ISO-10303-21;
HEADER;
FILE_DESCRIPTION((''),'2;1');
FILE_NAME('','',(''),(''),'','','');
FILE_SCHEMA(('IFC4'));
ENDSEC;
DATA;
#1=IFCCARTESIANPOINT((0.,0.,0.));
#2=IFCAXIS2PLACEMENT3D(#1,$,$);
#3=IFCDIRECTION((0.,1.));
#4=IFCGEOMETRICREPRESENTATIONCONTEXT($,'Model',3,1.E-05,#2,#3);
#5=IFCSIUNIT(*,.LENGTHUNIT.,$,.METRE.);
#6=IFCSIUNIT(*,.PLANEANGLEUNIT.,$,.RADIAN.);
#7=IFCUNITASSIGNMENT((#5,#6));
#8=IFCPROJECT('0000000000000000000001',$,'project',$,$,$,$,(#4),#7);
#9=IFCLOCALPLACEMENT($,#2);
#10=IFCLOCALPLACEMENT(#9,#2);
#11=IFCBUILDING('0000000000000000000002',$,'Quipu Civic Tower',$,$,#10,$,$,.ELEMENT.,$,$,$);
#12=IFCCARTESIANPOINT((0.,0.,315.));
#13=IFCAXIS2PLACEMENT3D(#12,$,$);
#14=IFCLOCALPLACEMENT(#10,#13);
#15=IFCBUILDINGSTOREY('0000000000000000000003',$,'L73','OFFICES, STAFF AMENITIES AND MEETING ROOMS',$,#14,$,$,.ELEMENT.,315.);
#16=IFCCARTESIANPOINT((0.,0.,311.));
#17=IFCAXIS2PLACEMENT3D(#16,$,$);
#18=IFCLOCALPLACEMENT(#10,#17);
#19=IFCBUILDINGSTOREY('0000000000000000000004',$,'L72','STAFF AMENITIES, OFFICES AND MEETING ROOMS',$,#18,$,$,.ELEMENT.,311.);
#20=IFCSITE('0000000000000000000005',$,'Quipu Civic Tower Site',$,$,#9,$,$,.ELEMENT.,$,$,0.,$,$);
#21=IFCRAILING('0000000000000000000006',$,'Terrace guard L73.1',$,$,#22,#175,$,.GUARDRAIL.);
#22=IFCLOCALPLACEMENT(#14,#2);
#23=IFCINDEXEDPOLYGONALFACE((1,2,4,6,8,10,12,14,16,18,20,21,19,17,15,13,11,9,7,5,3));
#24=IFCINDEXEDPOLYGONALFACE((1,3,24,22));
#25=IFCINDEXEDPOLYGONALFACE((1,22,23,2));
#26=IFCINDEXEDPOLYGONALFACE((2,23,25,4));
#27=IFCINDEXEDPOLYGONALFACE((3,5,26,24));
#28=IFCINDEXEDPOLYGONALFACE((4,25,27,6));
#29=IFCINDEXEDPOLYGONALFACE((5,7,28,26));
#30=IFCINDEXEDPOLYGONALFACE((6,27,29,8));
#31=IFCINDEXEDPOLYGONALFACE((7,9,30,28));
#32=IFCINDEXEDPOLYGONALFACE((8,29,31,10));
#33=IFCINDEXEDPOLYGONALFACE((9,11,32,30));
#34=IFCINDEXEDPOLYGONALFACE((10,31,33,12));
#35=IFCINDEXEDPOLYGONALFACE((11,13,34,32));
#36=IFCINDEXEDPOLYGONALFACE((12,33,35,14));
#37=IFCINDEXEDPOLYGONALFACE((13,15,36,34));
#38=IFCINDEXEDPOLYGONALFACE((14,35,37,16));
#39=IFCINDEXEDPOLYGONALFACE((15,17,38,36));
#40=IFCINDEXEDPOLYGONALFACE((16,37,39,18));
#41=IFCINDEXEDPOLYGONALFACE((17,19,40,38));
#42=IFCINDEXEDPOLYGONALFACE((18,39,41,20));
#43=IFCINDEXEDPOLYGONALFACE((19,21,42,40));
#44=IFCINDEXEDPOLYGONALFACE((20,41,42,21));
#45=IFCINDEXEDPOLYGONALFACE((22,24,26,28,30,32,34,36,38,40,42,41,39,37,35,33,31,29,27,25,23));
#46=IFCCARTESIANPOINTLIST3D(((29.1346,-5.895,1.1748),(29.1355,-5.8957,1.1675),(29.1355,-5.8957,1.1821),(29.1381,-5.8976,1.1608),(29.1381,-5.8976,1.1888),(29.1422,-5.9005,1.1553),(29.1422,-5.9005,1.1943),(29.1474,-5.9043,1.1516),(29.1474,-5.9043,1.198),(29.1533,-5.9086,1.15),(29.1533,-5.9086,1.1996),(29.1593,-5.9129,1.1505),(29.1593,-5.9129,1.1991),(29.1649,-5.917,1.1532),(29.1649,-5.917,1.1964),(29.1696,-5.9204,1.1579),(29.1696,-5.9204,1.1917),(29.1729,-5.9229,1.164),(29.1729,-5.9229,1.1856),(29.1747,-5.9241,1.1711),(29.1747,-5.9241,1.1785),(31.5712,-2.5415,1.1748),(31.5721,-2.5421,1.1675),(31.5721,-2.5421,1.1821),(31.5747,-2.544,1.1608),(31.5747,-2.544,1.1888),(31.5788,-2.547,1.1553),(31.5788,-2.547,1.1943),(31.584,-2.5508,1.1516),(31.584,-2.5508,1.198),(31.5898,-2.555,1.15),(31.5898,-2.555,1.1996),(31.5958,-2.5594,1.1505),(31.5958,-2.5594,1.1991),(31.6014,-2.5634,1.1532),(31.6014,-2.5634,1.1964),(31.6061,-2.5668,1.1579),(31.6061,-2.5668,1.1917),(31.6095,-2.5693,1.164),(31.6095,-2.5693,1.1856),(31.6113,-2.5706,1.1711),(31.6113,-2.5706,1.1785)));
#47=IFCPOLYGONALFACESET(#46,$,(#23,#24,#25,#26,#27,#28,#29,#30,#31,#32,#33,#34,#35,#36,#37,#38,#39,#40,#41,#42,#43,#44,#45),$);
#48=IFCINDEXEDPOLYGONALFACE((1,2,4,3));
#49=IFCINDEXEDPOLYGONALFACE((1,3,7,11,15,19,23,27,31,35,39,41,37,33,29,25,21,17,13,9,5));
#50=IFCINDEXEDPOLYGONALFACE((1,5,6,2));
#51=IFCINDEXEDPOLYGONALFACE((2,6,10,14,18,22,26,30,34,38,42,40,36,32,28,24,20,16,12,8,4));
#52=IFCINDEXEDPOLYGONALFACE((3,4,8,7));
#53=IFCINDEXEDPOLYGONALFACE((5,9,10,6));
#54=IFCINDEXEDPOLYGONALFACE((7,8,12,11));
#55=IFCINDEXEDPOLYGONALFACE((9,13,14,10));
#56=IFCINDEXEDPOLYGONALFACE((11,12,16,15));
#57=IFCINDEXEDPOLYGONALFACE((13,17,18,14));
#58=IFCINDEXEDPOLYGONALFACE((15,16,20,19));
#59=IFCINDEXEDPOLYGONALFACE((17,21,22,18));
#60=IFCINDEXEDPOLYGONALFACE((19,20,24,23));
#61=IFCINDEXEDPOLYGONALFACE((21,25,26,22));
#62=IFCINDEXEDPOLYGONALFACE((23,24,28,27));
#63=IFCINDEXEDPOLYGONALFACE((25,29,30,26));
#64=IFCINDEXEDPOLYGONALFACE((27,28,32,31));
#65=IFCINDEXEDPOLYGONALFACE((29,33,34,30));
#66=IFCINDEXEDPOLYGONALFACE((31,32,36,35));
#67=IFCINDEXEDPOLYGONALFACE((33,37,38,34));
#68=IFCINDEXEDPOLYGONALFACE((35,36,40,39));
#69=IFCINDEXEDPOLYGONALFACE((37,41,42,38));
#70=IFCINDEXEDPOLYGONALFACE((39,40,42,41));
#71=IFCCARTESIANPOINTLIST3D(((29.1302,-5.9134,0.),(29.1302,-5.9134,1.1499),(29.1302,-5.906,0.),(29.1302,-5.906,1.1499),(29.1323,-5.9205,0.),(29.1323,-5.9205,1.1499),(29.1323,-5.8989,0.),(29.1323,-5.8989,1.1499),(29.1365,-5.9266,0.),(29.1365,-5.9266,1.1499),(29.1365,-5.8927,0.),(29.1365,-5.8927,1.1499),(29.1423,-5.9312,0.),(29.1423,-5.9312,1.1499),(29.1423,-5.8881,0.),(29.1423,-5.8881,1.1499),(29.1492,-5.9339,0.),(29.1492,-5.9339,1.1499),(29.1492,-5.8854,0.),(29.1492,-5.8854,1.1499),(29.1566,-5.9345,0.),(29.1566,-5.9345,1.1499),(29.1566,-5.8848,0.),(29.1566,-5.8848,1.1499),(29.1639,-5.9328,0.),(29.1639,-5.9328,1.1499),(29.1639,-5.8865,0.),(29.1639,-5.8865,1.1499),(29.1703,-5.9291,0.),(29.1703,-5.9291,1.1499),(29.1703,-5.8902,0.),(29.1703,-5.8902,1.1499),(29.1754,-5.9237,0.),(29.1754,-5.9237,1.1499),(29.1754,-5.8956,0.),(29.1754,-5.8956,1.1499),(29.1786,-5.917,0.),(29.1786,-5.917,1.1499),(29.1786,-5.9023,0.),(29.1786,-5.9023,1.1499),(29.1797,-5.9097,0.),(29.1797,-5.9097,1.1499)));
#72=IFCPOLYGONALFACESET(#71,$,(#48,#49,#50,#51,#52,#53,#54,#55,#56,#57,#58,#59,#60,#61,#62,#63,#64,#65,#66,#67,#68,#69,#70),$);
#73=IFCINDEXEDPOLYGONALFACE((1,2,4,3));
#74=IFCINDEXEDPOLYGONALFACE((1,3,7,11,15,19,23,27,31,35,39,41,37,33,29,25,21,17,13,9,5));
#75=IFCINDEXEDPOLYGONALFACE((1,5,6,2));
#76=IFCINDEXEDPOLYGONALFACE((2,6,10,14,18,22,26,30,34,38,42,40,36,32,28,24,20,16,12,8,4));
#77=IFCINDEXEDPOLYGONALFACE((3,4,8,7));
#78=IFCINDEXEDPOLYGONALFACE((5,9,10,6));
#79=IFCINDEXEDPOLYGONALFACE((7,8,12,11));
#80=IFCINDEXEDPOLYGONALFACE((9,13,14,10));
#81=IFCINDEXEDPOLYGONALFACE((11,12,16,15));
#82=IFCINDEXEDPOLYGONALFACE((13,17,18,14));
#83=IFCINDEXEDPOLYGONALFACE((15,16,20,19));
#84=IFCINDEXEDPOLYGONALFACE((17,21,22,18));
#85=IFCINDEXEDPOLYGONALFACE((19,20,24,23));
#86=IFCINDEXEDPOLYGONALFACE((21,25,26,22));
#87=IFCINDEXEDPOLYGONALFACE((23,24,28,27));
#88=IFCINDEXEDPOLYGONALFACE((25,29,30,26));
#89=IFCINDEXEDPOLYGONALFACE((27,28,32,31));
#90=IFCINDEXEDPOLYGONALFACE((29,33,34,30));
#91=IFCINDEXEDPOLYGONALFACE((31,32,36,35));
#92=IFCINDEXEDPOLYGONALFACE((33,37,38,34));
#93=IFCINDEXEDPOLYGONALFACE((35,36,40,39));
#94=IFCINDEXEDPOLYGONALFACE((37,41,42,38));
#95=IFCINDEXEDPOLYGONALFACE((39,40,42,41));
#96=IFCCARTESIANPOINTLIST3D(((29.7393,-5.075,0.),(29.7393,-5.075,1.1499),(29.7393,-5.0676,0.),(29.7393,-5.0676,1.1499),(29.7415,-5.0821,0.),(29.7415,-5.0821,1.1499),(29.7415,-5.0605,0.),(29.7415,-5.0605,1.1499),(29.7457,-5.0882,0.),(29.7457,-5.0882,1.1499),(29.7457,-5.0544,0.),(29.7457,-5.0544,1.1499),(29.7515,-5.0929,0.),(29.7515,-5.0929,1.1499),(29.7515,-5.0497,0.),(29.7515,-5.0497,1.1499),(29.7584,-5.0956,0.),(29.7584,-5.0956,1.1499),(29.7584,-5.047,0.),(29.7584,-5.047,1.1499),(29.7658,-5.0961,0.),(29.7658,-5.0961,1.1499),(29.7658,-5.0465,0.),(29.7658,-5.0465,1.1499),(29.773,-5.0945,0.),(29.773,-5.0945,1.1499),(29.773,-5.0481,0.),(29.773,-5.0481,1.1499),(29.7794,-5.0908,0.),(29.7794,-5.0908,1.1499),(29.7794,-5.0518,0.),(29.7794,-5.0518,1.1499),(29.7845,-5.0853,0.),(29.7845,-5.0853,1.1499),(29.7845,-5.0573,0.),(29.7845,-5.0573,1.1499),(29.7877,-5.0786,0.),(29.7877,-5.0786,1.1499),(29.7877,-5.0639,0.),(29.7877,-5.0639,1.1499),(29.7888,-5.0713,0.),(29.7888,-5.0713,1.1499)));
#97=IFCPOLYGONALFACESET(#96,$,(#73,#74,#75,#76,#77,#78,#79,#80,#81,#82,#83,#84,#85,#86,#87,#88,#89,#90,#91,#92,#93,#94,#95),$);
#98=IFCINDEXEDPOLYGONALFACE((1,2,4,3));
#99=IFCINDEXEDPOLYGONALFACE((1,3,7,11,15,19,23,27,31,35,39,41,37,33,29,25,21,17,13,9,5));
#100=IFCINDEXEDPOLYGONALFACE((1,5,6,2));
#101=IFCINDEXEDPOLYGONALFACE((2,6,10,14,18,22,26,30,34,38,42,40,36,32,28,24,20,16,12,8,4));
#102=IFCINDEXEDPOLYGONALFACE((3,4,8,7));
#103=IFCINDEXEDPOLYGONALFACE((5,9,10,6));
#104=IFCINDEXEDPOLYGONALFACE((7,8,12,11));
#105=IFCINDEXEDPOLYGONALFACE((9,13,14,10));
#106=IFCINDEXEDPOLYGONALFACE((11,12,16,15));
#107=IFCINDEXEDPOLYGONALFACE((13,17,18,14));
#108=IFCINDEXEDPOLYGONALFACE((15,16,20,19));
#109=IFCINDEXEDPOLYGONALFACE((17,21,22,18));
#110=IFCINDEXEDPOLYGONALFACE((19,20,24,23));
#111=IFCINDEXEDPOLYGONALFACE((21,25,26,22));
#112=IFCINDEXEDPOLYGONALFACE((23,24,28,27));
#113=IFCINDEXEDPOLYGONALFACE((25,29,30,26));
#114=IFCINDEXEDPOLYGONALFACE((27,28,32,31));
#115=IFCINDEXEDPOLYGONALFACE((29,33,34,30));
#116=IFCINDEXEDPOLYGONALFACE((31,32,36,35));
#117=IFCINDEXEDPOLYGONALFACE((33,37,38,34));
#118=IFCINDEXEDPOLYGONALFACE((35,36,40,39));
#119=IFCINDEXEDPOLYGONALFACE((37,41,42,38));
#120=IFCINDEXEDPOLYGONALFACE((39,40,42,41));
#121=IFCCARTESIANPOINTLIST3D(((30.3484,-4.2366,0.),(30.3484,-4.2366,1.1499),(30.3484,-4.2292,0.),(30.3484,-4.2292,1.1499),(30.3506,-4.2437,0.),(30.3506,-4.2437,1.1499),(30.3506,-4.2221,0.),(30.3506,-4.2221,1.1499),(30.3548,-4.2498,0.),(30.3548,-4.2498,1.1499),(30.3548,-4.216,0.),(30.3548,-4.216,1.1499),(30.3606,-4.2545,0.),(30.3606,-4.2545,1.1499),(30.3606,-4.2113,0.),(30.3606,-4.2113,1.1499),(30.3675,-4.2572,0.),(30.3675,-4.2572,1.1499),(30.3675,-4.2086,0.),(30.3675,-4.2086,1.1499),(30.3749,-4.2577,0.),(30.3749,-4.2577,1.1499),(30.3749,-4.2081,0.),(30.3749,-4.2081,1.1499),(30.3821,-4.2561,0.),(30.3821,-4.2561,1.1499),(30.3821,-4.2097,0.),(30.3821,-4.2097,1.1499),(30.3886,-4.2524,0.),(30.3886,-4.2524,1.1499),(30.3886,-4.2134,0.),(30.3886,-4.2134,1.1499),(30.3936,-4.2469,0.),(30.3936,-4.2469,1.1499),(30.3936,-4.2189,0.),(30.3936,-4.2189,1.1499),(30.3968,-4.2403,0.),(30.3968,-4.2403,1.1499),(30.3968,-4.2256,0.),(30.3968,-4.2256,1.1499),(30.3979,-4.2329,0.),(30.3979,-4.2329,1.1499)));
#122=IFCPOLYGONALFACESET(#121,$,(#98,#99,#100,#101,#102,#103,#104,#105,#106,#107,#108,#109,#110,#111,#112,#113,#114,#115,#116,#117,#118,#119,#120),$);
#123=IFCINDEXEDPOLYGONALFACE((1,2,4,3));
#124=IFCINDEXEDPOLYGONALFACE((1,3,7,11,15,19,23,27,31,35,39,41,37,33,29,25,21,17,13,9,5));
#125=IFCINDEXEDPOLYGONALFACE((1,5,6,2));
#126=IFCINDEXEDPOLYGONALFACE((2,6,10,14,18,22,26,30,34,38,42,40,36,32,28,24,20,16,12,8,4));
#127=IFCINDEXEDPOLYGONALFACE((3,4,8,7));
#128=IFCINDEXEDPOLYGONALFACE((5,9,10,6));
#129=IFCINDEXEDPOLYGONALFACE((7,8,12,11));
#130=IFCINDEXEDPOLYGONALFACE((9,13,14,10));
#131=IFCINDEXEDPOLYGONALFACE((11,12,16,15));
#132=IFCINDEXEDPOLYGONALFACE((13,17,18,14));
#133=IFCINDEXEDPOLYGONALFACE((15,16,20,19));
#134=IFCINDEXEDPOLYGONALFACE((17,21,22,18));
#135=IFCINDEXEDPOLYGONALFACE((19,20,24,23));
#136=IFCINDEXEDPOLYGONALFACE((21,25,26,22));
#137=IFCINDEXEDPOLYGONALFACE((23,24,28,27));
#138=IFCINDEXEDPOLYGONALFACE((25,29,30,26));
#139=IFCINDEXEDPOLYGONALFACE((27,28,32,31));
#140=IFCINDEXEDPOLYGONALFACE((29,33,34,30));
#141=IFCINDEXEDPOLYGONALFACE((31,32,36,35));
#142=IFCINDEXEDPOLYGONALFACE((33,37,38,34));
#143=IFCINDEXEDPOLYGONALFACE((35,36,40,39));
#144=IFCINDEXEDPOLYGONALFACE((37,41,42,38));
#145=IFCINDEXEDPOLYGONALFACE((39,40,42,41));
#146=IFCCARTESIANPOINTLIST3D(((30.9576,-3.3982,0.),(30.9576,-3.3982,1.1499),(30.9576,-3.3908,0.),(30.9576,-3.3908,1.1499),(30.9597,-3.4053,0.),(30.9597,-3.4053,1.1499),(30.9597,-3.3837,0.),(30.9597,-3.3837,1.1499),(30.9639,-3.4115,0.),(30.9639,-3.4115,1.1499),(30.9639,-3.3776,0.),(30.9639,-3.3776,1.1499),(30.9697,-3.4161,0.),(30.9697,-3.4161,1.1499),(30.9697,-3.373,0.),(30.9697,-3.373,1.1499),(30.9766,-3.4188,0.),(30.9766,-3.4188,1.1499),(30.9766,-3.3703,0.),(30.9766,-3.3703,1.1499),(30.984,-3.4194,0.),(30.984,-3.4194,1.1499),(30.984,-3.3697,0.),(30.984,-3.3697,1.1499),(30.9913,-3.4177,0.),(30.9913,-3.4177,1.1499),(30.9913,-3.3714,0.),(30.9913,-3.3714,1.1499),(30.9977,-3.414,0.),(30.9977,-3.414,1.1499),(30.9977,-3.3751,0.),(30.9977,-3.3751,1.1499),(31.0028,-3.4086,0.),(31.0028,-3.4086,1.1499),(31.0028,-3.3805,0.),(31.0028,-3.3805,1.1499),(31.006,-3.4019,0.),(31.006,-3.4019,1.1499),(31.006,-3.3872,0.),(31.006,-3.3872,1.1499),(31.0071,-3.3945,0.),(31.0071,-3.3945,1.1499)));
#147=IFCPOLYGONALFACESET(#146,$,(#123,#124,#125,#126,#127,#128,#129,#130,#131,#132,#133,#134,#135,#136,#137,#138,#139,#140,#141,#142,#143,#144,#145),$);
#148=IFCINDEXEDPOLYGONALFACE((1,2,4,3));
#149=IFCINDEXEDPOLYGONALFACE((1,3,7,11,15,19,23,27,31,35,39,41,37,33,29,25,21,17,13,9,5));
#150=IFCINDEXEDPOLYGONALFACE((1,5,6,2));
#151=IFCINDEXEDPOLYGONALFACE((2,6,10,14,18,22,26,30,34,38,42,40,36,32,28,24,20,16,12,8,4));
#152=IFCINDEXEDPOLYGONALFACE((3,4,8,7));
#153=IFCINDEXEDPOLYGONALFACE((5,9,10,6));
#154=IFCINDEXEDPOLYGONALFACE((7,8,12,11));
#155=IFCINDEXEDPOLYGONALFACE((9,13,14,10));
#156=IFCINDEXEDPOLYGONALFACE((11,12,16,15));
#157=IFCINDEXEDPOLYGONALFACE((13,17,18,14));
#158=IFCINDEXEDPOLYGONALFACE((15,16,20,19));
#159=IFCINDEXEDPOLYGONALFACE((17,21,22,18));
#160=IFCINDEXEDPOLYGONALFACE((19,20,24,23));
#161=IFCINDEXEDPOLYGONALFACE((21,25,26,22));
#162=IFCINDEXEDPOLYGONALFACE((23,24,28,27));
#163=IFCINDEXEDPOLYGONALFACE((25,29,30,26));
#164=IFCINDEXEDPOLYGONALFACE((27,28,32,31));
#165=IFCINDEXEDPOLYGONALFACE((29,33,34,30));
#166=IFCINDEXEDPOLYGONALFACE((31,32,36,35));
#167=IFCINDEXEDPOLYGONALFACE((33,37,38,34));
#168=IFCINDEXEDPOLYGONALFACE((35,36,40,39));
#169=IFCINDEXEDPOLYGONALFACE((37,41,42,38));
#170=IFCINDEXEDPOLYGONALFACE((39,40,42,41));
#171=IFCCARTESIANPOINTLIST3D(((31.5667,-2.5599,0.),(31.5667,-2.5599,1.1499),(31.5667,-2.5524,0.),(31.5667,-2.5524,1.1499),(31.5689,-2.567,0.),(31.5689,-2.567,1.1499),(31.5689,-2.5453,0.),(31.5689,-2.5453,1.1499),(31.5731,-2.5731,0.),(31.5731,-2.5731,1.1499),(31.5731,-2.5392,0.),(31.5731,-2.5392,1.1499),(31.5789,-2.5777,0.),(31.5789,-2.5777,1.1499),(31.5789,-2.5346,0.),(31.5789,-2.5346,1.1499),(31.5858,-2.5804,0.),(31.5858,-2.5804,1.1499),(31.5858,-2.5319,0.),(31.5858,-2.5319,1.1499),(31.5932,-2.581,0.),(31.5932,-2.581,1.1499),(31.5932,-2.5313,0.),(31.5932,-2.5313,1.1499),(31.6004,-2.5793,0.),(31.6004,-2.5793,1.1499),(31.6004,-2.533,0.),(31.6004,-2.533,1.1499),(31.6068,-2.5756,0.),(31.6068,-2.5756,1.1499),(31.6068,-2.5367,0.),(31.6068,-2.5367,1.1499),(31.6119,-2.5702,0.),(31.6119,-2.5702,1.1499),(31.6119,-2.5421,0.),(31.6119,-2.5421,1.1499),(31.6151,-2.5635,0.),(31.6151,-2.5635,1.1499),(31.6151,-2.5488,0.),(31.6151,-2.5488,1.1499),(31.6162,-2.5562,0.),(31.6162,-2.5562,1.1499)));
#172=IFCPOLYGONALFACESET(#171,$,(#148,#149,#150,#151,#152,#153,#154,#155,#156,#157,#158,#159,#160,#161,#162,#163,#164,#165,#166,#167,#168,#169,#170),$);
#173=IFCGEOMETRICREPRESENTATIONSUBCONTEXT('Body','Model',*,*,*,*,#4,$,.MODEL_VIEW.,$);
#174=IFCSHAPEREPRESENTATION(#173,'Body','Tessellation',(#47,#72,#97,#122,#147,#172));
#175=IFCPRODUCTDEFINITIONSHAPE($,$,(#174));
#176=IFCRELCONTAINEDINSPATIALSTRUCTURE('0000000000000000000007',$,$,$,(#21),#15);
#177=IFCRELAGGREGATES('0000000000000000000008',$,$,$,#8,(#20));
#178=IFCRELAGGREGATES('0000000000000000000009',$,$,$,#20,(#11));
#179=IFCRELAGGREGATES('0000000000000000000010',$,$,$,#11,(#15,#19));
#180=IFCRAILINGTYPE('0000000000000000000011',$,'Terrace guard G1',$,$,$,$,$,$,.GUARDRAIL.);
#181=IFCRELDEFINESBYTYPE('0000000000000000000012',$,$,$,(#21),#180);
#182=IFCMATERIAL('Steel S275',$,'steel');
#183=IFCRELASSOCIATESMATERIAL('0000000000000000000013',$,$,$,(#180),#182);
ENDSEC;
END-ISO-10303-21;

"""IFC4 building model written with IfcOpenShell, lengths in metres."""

from ifc_helpers import new_model, si_unit, direction, frame, origin, origin_2d, place, context, subcontext, project, spatial, circle, extrude, material, type_object, element, save


model = new_model("IFC4")

# Units and contexts
model_context = context("Model", 3, precision=1e-05, world=origin(), true_north=direction((0.0, 1.0)))
body_context = subcontext(model_context, "Body", "Model", "MODEL_VIEW")
ifc_project = project(units=[si_unit("LENGTHUNIT", "METRE"), si_unit("PLANEANGLEUNIT", "RADIAN")], contexts=[model_context])

# Site, building, storey
site_placement = place(None, origin())
site = spatial("IfcSite", under=ifc_project, at=site_placement, Name="Quipu Civic Tower Site", CompositionType="ELEMENT", RefElevation=0.0)
building_placement = place(site_placement, origin())
building = spatial("IfcBuilding", under=site, at=building_placement, Name="Quipu Civic Tower", CompositionType="ELEMENT")
storey_1_placement = place(building_placement, frame((0.0, 0.0, 315.0)))
storey_1 = spatial("IfcBuildingStorey", under=building, at=storey_1_placement, Name="L73", Description="OFFICES, STAFF AMENITIES AND MEETING ROOMS", CompositionType="ELEMENT", Elevation=315.0)

# Shared definitions
storey_2_placement = place(building_placement, frame((0.0, 0.0, 311.0)))
storey_2 = spatial("IfcBuildingStorey", under=building, at=storey_2_placement, Name="L72", Description="STAFF AMENITIES, OFFICES AND MEETING ROOMS", CompositionType="ELEMENT", Elevation=311.0)

# Railing
ifc_material_1 = material(Name="Steel S275", Category="steel")
railing_type = type_object("IfcRailingType", Name="Terrace guard G1", PredefinedType="GUARDRAIL", material=ifc_material_1)
railing_placement = place(storey_1_placement, frame((29.1548, -5.9097, 0.0)))
element("IfcRailing", 1, at=railing_placement, inside=storey_1, type_object=railing_type, Name="Terrace guard L73.1", PredefinedType="GUARDRAIL", context=body_context, shape_type="SweptSolid", body=[
    extrude(circle(Radius=0.0249, at=origin_2d()), frame((0.0, 0.0, 1.1748), z_axis=(0.587793, 0.809011, 0.0), x_axis=(-0.809011, 0.587793, 0.0)), (0.0, 0.0, 1.0), 4.1453),
    extrude(circle(Radius=0.0249, at=origin_2d()), origin(), (0.0, 0.0, 1.0), 1.1499),
    extrude(circle(Radius=0.0249, at=origin_2d()), frame((0.6091, 0.8384, 0.0)), (0.0, 0.0, 1.0), 1.1499),
    extrude(circle(Radius=0.0249, at=origin_2d()), frame((1.2183, 1.6768, 0.0)), (0.0, 0.0, 1.0), 1.1499),
    extrude(circle(Radius=0.0249, at=origin_2d()), frame((1.8274, 2.5151, 0.0)), (0.0, 0.0, 1.0), 1.1499),
    extrude(circle(Radius=0.0249, at=origin_2d()), frame((2.4365, 3.3535, 0.0)), (0.0, 0.0, 1.0), 1.1499),
])

save(model, "model.ifc")
